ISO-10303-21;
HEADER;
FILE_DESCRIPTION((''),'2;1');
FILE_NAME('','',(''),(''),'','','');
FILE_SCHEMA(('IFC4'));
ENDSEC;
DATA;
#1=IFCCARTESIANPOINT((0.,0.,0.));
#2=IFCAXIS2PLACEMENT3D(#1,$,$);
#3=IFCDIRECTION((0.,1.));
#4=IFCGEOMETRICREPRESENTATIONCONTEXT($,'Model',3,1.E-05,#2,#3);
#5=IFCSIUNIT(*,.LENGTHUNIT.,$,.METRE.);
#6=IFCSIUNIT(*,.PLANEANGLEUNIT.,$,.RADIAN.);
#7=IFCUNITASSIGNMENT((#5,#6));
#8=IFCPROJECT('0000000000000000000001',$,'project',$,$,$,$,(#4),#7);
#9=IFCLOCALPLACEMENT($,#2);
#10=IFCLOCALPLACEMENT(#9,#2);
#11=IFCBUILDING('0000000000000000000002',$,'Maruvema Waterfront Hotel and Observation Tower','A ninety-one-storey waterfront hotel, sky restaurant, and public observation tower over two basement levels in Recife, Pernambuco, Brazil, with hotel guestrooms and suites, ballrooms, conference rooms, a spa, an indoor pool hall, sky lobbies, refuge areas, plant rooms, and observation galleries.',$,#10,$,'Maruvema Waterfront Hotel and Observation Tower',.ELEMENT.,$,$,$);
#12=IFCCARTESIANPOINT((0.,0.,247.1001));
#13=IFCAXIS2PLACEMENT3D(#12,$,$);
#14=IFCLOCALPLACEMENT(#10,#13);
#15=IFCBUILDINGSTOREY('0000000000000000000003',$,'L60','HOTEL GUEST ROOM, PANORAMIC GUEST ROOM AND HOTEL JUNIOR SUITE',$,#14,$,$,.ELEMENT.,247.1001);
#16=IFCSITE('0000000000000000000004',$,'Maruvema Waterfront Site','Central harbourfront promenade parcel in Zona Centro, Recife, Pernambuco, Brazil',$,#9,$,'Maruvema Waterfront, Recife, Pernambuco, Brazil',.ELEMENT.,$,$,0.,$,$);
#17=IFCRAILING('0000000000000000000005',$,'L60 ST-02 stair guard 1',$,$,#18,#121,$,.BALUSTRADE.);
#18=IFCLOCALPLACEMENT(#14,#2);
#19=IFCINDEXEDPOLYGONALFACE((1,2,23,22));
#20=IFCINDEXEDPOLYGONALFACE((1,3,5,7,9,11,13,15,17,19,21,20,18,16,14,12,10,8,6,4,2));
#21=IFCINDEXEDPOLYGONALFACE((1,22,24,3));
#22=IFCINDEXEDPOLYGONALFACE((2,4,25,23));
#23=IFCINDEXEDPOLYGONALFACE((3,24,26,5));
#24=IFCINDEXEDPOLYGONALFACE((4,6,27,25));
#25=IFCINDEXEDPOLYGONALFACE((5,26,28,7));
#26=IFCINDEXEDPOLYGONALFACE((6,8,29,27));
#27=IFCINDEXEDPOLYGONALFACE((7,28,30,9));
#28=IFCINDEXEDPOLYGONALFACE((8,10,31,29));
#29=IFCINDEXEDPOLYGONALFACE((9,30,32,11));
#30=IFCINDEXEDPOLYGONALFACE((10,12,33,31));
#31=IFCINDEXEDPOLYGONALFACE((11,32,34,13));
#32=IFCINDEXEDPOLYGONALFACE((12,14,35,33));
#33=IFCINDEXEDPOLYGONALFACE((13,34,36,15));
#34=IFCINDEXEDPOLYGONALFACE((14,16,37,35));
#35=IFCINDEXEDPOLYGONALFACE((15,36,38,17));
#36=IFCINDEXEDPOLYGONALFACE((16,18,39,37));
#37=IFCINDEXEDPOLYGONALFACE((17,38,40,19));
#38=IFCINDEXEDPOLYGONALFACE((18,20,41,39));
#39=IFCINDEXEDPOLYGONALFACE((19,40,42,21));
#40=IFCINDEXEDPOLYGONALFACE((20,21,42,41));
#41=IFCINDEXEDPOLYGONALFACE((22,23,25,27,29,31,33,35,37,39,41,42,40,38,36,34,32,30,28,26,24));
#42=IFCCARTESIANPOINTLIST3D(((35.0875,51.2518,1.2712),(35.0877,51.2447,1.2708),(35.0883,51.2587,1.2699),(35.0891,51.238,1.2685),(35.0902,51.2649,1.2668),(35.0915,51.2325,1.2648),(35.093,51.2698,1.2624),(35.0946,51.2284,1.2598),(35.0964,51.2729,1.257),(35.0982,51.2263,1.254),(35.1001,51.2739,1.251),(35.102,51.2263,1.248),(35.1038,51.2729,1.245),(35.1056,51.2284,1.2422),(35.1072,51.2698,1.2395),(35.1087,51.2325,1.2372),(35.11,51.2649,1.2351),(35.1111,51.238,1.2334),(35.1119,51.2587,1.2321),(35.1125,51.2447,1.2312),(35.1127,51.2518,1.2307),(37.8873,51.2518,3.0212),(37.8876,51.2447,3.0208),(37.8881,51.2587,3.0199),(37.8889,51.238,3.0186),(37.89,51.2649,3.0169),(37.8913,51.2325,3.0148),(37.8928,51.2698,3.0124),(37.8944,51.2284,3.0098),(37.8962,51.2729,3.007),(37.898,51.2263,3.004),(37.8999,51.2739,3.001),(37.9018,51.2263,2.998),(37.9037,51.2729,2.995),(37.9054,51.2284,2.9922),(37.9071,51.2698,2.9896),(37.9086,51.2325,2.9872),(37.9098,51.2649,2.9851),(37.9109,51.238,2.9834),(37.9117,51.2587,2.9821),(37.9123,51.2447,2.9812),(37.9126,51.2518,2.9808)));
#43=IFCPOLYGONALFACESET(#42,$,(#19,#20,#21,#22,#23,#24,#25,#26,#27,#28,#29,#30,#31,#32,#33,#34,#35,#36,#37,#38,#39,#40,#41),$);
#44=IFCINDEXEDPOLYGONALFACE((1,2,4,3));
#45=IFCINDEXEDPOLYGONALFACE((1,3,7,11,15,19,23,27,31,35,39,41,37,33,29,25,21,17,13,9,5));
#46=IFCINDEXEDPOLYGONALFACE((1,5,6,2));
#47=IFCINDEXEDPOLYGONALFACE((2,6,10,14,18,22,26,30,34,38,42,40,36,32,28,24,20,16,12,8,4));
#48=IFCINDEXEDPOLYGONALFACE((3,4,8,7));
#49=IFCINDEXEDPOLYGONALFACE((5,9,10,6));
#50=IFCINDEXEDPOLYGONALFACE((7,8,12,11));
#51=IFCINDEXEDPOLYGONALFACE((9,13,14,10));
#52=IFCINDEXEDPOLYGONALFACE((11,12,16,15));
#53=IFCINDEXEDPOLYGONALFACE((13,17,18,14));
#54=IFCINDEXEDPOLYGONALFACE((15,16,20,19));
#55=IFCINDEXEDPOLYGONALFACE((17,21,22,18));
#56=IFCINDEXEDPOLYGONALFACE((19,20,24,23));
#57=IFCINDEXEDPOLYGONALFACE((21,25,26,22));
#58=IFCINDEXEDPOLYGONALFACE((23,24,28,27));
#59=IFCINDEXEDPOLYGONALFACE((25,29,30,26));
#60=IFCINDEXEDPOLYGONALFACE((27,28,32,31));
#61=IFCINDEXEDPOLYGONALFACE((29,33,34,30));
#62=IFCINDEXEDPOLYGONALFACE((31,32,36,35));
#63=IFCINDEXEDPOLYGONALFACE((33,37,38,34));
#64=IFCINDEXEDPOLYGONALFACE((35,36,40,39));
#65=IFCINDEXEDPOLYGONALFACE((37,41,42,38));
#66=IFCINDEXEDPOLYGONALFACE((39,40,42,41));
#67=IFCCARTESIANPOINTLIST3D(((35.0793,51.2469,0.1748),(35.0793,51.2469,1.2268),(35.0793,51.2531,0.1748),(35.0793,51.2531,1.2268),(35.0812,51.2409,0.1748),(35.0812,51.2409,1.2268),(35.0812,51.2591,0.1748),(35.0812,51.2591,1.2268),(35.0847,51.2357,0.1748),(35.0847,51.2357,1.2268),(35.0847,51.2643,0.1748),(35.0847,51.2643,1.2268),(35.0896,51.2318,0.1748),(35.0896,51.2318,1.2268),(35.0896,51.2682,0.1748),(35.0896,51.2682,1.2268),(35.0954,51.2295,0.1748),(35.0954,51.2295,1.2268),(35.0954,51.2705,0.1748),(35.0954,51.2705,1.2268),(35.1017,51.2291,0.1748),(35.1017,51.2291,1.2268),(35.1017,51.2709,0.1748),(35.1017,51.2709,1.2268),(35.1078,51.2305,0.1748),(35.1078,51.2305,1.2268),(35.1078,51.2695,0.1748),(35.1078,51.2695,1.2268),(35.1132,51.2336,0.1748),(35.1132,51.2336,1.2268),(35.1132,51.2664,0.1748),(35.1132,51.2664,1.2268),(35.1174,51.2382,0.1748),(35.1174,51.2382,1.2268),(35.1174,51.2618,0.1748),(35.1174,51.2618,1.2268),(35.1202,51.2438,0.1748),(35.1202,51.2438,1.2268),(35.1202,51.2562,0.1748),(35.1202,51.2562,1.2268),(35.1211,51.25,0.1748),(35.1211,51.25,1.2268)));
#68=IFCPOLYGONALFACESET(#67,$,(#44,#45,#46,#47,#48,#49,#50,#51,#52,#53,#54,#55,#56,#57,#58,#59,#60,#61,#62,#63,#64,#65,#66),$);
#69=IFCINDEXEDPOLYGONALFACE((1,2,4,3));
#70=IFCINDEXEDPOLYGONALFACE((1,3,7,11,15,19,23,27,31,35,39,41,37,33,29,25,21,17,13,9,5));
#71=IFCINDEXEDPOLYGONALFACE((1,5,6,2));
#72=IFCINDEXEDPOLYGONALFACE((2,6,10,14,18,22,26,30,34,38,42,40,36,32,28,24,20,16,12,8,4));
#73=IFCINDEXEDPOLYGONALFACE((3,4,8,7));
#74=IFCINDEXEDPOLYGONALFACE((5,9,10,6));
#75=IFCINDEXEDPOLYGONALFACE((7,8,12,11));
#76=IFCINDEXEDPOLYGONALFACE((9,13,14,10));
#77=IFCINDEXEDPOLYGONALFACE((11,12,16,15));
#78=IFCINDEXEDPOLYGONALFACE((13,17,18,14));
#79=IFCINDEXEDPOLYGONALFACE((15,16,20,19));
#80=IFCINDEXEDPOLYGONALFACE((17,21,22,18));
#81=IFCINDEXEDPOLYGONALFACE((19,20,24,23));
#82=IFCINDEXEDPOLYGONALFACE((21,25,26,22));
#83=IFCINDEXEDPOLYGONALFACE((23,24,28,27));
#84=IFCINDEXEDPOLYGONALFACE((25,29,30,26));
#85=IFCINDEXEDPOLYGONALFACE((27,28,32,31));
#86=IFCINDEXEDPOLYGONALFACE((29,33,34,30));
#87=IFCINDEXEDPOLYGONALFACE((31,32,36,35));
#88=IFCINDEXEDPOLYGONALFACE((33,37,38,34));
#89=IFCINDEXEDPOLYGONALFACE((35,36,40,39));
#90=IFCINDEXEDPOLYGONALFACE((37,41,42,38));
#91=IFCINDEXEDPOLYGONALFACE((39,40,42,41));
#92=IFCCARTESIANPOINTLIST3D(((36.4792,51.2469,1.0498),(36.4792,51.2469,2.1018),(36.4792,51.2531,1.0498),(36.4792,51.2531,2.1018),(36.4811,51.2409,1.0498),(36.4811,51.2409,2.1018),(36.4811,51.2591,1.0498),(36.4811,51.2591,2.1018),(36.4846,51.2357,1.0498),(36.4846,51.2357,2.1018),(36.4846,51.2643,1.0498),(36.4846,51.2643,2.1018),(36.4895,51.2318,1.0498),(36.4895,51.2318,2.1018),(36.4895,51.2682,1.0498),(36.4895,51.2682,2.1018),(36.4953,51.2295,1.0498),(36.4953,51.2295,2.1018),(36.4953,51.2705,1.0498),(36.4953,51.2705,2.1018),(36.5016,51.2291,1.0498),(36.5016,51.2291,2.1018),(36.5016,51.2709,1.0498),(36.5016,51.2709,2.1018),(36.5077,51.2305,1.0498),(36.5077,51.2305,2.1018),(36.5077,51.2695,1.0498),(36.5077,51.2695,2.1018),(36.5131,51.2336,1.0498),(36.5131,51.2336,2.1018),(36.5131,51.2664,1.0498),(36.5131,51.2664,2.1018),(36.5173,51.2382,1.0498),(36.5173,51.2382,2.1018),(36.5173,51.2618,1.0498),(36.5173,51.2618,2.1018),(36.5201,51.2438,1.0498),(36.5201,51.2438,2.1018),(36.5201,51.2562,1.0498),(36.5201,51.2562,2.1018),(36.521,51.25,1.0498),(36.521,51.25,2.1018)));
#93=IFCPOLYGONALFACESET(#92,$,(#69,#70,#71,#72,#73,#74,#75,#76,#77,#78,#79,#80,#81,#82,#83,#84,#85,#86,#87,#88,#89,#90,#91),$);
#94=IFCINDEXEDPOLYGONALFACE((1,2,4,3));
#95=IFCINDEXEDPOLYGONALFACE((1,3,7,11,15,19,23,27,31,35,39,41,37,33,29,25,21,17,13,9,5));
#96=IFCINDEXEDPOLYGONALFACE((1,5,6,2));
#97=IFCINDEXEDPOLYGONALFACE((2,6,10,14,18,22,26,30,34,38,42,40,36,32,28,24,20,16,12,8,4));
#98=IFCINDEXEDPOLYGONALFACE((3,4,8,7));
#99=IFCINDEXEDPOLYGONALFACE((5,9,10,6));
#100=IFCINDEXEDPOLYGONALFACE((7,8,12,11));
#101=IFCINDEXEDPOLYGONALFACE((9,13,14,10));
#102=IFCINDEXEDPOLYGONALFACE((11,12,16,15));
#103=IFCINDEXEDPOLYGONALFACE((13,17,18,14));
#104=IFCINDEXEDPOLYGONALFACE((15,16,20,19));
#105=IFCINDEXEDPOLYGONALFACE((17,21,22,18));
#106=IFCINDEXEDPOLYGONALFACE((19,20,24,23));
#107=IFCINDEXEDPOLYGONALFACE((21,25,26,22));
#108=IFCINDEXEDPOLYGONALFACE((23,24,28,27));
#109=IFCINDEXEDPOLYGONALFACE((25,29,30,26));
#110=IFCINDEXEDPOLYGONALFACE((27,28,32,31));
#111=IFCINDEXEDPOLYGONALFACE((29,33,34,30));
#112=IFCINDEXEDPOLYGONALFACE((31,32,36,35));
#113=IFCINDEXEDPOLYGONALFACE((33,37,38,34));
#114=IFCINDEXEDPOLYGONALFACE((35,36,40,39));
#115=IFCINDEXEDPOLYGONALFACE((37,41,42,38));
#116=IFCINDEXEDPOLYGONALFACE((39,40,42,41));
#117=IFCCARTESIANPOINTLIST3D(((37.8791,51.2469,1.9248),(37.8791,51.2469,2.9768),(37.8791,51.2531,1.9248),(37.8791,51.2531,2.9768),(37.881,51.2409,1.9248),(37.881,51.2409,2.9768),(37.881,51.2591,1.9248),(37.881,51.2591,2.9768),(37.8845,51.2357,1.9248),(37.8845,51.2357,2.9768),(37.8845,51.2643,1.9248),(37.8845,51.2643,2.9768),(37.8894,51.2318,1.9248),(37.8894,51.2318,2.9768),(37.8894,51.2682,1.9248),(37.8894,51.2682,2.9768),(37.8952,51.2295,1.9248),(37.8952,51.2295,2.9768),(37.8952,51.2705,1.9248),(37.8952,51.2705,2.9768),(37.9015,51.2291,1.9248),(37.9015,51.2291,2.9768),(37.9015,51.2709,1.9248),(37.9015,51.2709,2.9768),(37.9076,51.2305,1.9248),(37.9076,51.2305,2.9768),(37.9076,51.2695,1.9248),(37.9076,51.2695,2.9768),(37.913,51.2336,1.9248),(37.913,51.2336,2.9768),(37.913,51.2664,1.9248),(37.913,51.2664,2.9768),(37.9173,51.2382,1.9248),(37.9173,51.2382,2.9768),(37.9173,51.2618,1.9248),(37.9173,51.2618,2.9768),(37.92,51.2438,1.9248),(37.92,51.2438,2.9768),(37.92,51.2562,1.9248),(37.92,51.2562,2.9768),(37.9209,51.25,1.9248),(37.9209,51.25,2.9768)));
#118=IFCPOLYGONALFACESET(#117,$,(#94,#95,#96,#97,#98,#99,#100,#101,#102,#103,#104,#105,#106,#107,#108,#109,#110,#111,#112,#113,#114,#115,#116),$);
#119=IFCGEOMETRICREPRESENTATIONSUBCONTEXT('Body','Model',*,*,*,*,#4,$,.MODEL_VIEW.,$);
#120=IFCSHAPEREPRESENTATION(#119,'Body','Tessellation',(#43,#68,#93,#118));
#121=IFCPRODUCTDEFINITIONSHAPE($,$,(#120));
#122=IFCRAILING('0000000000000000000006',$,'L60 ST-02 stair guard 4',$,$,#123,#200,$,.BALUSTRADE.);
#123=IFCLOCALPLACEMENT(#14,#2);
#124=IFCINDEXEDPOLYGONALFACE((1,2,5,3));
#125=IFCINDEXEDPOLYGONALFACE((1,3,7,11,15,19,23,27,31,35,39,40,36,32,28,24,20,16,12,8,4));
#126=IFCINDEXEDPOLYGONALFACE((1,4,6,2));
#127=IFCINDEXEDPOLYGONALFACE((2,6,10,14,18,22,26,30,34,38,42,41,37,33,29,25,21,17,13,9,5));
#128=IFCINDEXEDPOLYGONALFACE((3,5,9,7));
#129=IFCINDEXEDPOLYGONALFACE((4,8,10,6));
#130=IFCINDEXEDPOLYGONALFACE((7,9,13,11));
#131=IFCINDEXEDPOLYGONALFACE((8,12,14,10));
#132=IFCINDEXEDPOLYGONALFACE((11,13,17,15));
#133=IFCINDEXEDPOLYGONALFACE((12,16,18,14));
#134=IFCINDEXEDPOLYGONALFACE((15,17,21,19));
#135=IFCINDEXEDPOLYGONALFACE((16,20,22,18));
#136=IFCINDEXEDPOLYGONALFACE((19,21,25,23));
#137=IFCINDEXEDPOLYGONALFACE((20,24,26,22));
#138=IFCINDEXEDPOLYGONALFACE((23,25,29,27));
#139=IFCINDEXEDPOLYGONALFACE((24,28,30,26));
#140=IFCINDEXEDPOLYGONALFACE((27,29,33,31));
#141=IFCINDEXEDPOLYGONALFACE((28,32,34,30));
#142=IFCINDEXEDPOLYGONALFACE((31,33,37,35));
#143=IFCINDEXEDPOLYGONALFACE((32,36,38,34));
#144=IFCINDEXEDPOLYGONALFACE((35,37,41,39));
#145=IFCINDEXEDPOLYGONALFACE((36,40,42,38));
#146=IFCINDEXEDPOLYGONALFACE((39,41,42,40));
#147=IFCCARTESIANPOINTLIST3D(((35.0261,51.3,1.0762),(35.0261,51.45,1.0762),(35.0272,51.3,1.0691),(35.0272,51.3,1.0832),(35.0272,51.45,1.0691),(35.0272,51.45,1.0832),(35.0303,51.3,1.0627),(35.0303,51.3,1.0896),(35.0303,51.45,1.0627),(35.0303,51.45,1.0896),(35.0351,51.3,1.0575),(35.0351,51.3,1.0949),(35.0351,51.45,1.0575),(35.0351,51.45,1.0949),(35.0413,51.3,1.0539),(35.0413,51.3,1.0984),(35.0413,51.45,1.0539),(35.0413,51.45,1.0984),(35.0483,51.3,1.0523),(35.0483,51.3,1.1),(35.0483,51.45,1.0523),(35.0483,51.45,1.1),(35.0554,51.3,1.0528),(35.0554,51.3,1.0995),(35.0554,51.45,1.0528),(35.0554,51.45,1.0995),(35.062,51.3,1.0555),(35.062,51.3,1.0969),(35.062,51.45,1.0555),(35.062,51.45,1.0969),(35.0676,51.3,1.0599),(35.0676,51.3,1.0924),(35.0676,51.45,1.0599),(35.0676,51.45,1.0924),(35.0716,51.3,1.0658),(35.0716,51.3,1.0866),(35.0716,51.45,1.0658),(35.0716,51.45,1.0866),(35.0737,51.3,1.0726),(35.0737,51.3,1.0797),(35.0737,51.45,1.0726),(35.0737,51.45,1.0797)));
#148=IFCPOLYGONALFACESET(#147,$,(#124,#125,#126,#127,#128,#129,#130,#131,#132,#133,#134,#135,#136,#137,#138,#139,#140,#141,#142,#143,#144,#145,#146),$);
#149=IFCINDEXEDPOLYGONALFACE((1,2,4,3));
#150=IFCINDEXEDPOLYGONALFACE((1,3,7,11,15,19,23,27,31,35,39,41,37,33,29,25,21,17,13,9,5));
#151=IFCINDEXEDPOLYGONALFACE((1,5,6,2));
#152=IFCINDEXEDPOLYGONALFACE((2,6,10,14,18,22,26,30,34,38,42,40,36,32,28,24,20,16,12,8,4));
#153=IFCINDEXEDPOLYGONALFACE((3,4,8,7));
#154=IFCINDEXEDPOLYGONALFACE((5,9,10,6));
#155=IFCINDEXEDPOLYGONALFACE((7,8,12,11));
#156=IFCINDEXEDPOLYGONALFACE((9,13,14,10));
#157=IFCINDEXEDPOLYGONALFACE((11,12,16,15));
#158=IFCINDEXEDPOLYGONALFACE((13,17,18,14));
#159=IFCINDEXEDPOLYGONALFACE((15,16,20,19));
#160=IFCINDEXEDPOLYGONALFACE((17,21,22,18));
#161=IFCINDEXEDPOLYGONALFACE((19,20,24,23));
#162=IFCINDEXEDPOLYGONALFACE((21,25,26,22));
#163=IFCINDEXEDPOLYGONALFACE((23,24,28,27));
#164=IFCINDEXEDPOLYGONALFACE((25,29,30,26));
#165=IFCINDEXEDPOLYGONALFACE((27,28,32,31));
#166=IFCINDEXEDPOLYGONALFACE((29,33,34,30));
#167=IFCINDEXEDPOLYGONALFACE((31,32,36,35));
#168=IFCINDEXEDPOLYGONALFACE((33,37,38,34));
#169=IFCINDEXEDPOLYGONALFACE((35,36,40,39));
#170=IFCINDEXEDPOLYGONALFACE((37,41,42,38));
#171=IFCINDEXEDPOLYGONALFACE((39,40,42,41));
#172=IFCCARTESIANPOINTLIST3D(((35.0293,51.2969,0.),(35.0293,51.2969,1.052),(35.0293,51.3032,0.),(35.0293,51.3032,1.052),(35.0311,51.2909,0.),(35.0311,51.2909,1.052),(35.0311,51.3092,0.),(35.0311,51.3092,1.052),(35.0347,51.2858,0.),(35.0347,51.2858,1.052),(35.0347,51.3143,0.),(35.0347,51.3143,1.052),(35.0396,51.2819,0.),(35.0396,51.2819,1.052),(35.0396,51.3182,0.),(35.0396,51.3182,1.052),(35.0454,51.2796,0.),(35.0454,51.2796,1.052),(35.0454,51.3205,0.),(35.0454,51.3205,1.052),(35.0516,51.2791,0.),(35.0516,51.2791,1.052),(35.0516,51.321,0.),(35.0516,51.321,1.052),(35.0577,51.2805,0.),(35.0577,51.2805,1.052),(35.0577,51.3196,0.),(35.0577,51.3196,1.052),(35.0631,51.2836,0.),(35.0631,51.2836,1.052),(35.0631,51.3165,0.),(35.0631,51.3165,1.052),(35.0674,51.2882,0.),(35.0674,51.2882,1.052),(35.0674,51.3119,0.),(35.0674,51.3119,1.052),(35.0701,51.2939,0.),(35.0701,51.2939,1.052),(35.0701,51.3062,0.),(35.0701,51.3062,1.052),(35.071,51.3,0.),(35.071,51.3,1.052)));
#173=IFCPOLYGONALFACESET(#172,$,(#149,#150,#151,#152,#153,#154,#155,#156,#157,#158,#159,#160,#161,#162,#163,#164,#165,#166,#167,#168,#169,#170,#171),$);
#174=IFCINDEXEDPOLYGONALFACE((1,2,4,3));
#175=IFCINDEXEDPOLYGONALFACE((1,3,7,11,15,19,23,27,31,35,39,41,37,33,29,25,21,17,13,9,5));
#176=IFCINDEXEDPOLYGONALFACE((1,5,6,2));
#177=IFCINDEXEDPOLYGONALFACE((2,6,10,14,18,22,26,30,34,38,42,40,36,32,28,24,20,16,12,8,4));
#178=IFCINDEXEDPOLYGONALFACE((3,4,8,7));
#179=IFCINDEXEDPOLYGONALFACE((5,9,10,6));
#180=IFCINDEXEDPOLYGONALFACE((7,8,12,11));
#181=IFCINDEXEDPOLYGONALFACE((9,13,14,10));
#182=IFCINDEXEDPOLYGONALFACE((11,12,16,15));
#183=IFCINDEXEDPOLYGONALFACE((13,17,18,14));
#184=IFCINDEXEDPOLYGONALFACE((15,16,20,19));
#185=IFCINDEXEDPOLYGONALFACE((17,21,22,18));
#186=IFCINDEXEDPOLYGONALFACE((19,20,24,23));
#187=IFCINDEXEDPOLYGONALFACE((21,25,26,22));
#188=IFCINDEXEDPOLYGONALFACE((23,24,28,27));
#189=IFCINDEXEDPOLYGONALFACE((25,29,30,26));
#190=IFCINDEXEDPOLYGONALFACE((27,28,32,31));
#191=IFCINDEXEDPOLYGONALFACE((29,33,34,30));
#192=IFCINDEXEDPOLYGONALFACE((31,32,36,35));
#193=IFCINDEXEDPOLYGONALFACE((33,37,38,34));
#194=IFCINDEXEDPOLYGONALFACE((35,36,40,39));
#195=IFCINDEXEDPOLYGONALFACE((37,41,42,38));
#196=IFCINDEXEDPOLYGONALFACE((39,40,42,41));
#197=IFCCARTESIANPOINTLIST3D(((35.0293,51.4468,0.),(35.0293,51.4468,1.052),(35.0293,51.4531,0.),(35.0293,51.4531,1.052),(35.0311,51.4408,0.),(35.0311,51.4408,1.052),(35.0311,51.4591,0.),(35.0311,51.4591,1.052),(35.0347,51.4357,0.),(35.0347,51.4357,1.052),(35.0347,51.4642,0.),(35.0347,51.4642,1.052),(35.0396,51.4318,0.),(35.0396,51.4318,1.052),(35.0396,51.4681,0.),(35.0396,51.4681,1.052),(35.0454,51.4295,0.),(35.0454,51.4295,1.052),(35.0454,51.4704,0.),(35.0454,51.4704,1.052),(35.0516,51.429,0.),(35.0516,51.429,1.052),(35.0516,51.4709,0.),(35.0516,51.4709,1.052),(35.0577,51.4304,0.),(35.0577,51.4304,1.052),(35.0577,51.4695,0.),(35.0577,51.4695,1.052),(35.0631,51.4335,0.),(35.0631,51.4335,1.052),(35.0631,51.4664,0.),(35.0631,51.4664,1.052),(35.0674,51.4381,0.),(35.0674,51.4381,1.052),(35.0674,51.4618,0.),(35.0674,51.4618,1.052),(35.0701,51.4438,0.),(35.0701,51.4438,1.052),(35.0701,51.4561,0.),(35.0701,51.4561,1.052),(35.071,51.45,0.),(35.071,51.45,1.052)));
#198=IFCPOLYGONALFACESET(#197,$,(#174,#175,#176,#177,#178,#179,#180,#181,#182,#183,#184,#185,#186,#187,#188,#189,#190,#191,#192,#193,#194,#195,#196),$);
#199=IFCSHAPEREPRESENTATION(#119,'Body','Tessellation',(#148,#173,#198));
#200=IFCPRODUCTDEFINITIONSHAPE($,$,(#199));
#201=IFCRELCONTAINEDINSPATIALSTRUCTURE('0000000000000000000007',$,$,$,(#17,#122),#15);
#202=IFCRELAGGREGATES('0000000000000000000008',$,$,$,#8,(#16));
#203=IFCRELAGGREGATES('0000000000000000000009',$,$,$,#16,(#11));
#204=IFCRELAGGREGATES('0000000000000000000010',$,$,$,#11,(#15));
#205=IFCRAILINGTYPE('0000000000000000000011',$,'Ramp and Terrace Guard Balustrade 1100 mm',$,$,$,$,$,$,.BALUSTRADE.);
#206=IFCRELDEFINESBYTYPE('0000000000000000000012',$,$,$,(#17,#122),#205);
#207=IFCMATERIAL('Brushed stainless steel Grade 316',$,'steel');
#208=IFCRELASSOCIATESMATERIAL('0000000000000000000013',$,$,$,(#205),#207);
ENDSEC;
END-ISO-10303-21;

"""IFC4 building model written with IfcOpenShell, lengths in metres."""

from ifc_helpers import new_model, si_unit, direction, frame, origin, origin_2d, place, context, subcontext, project, spatial, circle, extrude, material, type_object, element, save


model = new_model("IFC4")

# Units and contexts
model_context = context("Model", 3, precision=1e-05, world=origin(), true_north=direction((0.0, 1.0)))
body_context = subcontext(model_context, "Body", "Model", "MODEL_VIEW")
ifc_project = project(units=[si_unit("LENGTHUNIT", "METRE"), si_unit("PLANEANGLEUNIT", "RADIAN")], contexts=[model_context])

# Site, building, storey
site_placement = place(None, origin())
site = spatial("IfcSite", under=ifc_project, at=site_placement, Name="Maruvema Waterfront Site", Description="Central harbourfront promenade parcel in Zona Centro, Recife, Pernambuco, Brazil", LongName="Maruvema Waterfront, Recife, Pernambuco, Brazil", CompositionType="ELEMENT", RefElevation=0.0)
building_placement = place(site_placement, origin())
building = spatial("IfcBuilding", under=site, at=building_placement, Name="Maruvema Waterfront Hotel and Observation Tower", Description="A ninety-one-storey waterfront hotel, sky restaurant, and public observation tower over two basement levels in Recife, Pernambuco, Brazil, with hotel guestrooms and suites, ballrooms, conference rooms, a spa, an indoor pool hall, sky lobbies, refuge areas, plant rooms, and observation galleries.", LongName="Maruvema Waterfront Hotel and Observation Tower", CompositionType="ELEMENT")
storey_placement = place(building_placement, frame((0.0, 0.0, 247.1001)))
storey = spatial("IfcBuildingStorey", under=building, at=storey_placement, Name="L60", Description="HOTEL GUEST ROOM, PANORAMIC GUEST ROOM AND HOTEL JUNIOR SUITE", CompositionType="ELEMENT", Elevation=247.1001)

# Railings
ifc_material_1 = material(Name="Brushed stainless steel Grade 316", Category="steel")
railing_type_1 = type_object("IfcRailingType", Name="Ramp and Terrace Guard Balustrade 1100 mm", PredefinedType="BALUSTRADE", material=ifc_material_1)
railing_1_placement = place(storey_placement, frame((35.1001, 51.25, 0.1748)))
element("IfcRailing", 1, at=railing_1_placement, inside=storey, type_object=railing_type_1, Name="L60 ST-02 stair guard 1", PredefinedType="BALUSTRADE", context=body_context, shape_type="SweptSolid", body=[
    extrude(circle(Radius=0.0239, at=origin_2d()), frame((0.0, 0.0, 1.0762), z_axis=(0.847982, 0.0, 0.530026), x_axis=(0.0, 1.0, 0.0)), (0.0, 0.0, 1.0), 3.3018),
    extrude(circle(Radius=0.021, at=origin_2d()), origin(), (0.0, 0.0, 1.0), 1.052),
    extrude(circle(Radius=0.021, at=origin_2d()), frame((1.3999, 0.0, 0.875)), (0.0, 0.0, 1.0), 1.052),
    extrude(circle(Radius=0.021, at=origin_2d()), frame((2.7998, 0.0, 1.75)), (0.0, 0.0, 1.0), 1.052),
])
railing_2_placement = place(storey_placement, frame((35.05, 51.3, 0.0)))
element("IfcRailing", 2, at=railing_2_placement, inside=storey, type_object=railing_type_1, Name="L60 ST-02 stair guard 4", PredefinedType="BALUSTRADE", context=body_context, shape_type="SweptSolid", body=[
    extrude(circle(Radius=0.0239, at=origin_2d()), frame((0.0, 0.0, 1.0762), z_axis=(0.0, 1.0, 0.0), x_axis=(-1.0, 0.0, 0.0)), (0.0, 0.0, 1.0), 0.1499),
    extrude(circle(Radius=0.021, at=origin_2d()), origin(), (0.0, 0.0, 1.0), 1.052),
    extrude(circle(Radius=0.021, at=origin_2d()), frame((0.0, 0.1499, 0.0)), (0.0, 0.0, 1.0), 1.052),
])

save(model, "model.ifc")
